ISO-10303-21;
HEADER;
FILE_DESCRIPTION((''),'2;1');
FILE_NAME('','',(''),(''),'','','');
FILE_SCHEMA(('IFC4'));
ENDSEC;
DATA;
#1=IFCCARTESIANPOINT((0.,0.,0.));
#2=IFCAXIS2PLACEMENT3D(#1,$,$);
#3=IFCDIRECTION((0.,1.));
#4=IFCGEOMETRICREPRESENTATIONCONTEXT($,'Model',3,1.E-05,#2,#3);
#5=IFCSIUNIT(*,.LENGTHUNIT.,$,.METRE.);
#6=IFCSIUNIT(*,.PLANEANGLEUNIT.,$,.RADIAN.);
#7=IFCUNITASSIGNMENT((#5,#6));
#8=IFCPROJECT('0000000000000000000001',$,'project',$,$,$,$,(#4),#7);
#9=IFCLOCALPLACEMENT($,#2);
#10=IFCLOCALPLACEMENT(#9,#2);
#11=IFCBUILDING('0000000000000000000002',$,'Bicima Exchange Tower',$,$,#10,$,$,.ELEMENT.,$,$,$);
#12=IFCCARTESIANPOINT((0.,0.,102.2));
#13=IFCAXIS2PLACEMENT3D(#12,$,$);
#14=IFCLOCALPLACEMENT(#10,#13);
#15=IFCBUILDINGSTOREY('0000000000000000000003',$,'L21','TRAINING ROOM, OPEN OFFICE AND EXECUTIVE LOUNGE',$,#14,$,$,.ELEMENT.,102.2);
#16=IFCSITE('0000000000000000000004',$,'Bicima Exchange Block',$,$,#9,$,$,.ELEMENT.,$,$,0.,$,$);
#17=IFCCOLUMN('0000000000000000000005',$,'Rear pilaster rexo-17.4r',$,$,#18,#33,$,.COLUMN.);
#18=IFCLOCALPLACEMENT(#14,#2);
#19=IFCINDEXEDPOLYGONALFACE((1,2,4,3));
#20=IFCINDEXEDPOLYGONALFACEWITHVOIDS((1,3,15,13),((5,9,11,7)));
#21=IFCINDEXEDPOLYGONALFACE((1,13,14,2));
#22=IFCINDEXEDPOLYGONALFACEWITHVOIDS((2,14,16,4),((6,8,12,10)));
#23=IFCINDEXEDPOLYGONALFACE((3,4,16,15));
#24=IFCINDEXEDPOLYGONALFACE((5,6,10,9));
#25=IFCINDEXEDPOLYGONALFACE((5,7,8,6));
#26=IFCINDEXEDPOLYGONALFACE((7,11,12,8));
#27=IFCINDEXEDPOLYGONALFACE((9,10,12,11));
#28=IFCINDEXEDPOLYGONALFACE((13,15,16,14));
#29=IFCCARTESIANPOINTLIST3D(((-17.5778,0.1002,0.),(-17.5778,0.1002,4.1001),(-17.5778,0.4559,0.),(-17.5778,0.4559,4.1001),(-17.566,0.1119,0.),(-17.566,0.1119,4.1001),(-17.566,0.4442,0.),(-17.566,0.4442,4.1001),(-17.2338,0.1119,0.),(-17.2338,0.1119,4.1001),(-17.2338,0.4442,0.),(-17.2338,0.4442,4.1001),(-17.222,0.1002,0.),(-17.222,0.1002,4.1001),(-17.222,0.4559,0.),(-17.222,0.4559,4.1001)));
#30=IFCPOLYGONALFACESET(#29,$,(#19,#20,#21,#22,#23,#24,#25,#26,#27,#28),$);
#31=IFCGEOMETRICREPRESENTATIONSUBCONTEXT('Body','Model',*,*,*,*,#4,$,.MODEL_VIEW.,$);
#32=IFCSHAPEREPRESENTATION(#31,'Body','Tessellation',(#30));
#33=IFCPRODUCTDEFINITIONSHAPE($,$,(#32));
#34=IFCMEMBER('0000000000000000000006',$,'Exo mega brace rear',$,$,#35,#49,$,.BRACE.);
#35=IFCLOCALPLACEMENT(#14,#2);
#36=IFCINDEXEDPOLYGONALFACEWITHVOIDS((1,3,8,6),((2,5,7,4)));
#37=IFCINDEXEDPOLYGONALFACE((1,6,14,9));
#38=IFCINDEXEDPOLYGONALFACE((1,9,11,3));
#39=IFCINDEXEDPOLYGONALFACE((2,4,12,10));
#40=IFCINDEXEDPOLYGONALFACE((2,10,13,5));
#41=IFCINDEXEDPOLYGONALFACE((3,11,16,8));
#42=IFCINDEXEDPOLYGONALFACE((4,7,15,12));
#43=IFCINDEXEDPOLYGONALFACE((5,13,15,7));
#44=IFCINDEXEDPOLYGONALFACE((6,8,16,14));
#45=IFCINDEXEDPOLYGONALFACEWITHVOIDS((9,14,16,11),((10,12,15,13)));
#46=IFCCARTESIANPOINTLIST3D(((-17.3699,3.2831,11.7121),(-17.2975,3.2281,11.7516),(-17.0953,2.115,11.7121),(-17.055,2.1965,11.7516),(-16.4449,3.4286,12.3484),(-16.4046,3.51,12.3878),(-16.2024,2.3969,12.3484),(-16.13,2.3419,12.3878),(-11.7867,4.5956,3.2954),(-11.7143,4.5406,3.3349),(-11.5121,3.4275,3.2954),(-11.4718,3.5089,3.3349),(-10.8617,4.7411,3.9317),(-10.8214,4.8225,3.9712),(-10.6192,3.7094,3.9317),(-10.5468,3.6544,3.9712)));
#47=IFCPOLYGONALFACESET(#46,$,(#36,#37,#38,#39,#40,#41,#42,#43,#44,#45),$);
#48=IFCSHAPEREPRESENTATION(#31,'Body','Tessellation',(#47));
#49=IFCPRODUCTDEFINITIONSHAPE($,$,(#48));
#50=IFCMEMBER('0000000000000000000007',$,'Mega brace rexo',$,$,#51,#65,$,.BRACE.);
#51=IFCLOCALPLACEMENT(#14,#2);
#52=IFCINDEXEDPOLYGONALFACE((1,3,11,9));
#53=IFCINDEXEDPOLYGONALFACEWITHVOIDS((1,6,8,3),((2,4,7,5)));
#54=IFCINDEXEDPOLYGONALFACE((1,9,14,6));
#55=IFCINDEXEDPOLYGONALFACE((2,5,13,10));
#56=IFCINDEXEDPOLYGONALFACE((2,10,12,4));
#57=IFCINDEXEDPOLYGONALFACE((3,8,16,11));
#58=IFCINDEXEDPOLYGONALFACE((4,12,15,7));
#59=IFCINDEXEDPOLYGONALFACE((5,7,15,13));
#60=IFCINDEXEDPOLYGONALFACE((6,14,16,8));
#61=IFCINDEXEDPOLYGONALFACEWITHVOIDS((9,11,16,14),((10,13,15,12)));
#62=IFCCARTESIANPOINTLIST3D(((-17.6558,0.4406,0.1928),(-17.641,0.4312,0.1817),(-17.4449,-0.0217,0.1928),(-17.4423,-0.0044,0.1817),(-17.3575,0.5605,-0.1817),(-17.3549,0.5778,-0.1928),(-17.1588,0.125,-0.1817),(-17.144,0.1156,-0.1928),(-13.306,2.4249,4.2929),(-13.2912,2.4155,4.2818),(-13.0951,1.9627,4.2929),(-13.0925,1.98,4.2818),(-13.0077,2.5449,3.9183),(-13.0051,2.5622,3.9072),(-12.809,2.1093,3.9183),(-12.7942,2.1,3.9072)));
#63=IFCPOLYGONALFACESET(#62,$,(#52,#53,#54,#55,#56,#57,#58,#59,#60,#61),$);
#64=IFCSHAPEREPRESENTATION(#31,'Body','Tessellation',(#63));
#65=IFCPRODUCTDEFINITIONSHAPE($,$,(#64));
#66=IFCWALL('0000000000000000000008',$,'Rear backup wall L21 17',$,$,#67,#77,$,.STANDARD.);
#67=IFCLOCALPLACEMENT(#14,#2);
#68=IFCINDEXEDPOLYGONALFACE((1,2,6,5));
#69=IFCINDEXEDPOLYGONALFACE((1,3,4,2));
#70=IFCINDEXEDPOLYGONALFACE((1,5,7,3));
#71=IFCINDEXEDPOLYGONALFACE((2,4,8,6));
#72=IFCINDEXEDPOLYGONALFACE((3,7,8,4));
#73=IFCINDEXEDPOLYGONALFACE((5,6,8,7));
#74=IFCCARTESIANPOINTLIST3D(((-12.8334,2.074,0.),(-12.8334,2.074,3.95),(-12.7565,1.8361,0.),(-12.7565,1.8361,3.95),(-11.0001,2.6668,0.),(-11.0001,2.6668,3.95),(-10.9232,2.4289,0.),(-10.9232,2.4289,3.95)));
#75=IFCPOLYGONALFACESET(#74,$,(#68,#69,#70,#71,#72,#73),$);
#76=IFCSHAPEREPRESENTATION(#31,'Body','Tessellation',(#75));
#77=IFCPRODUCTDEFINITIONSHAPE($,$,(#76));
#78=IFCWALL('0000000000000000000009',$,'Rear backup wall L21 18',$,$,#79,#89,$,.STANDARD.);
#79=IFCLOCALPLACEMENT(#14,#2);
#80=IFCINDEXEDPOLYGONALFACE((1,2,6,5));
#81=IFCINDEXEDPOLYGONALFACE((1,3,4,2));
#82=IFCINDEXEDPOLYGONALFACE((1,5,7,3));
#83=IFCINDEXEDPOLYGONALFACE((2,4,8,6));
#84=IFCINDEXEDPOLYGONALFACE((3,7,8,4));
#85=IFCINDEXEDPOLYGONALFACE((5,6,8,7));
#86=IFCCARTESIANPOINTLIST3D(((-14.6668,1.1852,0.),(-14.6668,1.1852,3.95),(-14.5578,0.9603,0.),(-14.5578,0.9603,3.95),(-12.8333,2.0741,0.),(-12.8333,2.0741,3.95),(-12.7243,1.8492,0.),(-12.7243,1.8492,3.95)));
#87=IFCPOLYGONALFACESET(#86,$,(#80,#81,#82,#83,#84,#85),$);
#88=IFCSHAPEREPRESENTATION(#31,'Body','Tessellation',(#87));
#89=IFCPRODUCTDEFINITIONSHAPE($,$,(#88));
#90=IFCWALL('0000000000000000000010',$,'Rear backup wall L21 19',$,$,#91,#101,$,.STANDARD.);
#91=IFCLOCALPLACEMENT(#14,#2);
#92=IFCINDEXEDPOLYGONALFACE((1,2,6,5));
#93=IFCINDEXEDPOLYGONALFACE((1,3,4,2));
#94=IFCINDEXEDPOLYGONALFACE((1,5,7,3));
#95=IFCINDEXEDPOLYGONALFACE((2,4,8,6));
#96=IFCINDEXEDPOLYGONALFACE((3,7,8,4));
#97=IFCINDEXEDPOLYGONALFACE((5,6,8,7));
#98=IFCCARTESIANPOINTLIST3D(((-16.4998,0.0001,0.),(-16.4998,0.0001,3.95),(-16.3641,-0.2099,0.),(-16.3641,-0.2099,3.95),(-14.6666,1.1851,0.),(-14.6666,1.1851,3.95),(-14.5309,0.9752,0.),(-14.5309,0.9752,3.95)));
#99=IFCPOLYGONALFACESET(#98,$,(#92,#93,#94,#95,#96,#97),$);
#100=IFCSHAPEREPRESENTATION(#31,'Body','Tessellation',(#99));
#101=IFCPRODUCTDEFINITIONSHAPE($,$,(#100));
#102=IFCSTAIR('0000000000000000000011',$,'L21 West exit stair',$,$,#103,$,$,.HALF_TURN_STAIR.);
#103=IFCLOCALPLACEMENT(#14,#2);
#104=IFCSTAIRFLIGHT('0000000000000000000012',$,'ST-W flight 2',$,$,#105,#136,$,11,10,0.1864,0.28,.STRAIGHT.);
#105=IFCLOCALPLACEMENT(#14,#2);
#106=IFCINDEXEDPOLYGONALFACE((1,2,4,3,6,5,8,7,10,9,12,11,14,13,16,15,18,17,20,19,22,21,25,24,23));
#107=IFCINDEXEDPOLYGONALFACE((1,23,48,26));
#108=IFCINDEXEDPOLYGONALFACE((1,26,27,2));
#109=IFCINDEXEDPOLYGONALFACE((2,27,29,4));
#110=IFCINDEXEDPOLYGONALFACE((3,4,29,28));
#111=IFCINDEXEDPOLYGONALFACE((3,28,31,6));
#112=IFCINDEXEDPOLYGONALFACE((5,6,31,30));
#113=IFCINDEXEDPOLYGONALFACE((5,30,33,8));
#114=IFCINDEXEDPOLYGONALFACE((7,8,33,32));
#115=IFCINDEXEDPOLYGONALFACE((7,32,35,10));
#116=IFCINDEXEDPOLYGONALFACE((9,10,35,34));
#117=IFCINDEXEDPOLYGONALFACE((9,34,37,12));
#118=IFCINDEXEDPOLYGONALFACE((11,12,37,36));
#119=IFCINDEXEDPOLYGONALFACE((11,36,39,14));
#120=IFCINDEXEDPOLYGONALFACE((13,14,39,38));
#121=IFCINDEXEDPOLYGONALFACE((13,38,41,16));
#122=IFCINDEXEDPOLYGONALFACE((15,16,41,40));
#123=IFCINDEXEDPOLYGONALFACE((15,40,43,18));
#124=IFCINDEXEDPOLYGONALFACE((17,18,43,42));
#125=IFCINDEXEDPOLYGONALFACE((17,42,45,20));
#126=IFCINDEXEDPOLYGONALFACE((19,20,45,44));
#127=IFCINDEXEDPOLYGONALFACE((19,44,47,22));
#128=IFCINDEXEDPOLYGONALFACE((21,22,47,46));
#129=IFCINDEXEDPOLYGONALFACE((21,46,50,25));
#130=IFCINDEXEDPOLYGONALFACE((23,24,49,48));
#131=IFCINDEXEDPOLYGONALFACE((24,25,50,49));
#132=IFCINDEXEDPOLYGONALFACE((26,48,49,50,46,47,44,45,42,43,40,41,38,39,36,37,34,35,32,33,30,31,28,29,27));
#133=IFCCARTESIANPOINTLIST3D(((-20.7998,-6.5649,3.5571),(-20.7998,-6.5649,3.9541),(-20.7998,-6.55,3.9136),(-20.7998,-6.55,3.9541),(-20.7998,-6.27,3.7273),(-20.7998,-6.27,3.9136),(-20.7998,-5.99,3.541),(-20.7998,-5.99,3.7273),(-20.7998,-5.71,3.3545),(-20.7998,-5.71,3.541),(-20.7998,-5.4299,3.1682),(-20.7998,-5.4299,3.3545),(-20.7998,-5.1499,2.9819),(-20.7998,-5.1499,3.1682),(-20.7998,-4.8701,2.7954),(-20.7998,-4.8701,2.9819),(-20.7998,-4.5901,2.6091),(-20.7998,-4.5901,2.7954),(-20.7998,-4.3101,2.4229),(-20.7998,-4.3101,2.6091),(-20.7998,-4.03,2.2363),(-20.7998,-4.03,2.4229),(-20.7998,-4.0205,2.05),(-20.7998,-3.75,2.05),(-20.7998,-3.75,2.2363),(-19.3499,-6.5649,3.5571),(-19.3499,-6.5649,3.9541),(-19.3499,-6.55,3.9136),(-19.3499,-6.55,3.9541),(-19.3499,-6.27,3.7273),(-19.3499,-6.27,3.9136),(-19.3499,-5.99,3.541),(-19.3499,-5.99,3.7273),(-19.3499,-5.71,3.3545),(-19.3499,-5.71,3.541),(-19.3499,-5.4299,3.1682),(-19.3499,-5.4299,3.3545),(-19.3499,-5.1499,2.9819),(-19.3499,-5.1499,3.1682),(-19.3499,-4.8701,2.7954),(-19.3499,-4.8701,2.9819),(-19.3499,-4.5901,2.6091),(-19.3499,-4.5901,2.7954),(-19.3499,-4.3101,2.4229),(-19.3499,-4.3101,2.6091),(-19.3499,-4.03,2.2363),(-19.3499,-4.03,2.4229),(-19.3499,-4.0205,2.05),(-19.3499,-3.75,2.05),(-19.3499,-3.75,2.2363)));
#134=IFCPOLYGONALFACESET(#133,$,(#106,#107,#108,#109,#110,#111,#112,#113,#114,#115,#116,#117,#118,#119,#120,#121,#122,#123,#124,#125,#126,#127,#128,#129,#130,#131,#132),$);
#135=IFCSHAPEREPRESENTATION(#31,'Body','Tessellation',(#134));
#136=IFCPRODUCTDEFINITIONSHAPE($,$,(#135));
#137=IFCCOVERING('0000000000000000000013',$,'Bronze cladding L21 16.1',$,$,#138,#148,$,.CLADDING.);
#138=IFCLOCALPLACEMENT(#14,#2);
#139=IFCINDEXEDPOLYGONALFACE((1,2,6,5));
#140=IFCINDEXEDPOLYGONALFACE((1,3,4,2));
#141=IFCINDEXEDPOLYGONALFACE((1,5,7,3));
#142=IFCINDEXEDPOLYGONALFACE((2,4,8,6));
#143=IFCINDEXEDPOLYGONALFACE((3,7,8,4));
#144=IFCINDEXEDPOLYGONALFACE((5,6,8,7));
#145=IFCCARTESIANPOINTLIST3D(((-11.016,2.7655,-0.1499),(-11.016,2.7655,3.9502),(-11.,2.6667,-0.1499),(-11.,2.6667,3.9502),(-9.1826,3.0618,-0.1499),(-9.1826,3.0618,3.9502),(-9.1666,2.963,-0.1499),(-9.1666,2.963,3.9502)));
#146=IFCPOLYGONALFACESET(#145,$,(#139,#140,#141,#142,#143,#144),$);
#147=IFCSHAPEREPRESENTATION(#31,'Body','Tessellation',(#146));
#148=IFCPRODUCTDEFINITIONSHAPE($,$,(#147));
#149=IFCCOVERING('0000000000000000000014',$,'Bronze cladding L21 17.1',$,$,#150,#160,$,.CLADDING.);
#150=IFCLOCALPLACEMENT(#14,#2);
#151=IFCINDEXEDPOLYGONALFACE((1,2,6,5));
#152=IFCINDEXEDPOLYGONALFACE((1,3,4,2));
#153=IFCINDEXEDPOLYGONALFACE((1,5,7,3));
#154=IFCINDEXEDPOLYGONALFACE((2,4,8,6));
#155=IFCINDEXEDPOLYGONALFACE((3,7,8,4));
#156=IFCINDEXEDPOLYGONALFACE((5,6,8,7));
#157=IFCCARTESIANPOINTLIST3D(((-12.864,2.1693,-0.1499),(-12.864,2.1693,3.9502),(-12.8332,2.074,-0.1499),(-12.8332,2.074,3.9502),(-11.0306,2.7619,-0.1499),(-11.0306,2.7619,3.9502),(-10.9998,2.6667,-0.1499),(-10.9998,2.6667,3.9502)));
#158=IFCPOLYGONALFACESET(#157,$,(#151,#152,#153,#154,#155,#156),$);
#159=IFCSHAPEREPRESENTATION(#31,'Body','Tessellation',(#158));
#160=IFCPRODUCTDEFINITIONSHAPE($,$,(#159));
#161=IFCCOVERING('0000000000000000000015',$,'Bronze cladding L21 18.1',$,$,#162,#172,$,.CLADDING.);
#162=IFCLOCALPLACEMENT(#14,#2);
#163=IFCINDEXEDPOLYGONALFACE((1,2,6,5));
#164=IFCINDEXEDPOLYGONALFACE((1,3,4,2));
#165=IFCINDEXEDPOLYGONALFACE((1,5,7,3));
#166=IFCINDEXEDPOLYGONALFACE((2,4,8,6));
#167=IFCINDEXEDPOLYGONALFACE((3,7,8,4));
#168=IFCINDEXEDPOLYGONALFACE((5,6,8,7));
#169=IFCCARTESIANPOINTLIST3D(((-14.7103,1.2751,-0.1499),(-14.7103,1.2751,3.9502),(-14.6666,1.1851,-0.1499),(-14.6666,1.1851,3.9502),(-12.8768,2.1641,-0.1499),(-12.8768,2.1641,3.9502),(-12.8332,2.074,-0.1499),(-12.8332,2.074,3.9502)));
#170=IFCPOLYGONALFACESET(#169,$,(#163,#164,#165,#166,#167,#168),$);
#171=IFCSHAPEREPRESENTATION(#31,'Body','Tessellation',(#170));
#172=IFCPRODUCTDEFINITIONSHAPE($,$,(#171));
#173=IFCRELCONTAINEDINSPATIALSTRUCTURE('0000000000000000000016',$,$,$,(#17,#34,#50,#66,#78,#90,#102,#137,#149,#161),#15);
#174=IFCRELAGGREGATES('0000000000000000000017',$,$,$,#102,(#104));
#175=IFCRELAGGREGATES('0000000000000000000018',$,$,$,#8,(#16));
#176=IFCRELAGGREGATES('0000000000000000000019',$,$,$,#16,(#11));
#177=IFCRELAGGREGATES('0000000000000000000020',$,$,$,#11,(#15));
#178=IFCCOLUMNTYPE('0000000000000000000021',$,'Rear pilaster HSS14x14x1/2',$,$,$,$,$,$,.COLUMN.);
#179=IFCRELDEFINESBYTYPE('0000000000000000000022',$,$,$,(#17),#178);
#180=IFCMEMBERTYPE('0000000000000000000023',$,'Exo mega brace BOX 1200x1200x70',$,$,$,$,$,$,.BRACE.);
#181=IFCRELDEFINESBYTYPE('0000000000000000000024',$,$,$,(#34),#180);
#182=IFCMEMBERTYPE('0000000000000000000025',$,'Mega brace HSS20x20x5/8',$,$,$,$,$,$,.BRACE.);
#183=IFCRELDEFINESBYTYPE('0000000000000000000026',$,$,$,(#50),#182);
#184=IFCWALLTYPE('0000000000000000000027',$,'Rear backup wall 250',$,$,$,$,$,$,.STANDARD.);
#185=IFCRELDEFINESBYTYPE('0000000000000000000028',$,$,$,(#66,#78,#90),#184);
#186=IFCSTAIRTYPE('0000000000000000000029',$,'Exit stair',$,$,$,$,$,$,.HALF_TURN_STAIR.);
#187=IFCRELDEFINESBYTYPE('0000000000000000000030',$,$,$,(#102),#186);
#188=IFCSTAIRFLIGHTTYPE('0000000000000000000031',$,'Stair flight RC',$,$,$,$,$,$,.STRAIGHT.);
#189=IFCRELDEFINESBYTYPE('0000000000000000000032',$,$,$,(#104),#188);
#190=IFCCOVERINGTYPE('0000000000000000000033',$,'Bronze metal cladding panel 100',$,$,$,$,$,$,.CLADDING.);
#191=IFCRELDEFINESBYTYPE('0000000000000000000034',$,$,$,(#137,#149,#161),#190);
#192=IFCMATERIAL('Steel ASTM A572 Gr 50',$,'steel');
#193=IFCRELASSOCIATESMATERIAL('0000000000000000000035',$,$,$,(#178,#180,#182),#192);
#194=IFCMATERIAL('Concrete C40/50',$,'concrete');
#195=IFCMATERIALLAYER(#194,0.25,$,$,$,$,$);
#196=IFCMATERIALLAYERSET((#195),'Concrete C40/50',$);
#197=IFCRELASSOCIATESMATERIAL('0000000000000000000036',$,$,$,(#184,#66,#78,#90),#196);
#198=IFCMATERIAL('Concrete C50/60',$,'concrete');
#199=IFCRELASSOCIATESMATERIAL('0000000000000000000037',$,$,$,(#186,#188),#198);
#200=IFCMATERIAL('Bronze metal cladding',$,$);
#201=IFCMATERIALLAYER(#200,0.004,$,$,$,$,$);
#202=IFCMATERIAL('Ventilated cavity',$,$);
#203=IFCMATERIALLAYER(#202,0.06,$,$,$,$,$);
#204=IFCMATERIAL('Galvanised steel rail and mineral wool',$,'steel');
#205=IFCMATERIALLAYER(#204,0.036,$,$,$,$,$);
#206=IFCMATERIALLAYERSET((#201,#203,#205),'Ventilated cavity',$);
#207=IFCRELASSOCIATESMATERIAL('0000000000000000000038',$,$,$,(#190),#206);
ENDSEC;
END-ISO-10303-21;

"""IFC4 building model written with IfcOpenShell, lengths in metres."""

from ifc_helpers import new_model, si_unit, direction, frame, frame_2d, origin, origin_2d, place, context, subcontext, project, spatial, polyline, rectangle, hollow_rectangle, outline, extrude, material, layer, layer_set, layer_usage, material_profile, profile_set, type_object, element, aggregate, save


model = new_model("IFC4")

# Units and contexts
model_context = context("Model", 3, precision=1e-05, world=origin(), true_north=direction((0.0, 1.0)))
body_context = subcontext(model_context, "Body", "Model", "MODEL_VIEW")
ifc_project = project(units=[si_unit("LENGTHUNIT", "METRE"), si_unit("PLANEANGLEUNIT", "RADIAN")], contexts=[model_context])

# Site, building, storey
site_placement = place(None, origin())
site = spatial("IfcSite", under=ifc_project, at=site_placement, Name="Bicima Exchange Block", CompositionType="ELEMENT", RefElevation=0.0)
building_placement = place(site_placement, origin())
building = spatial("IfcBuilding", under=site, at=building_placement, Name="Bicima Exchange Tower", CompositionType="ELEMENT")
storey_placement = place(building_placement, frame((0.0, 0.0, 102.2)))
storey = spatial("IfcBuildingStorey", under=building, at=storey_placement, Name="L21", Description="TRAINING ROOM, OPEN OFFICE AND EXECUTIVE LOUNGE", CompositionType="ELEMENT", Elevation=102.2)

# Column
ifc_material_1 = material(Name="Steel ASTM A572 Gr 50", Category="steel")
ifc_material_profile_1 = material_profile(ifc_material_1, hollow_rectangle(XDim=0.3557, YDim=0.3557, WallThickness=0.0117, at=origin_2d()))
ifc_profile_set_1 = profile_set([ifc_material_profile_1], Name="Steel ASTM A572 Gr 50")
column_type = type_object("IfcColumnType", Name="Rear pilaster HSS14x14x1/2", PredefinedType="COLUMN", material=ifc_profile_set_1)
column_placement = place(storey_placement, frame((-17.3999, 0.2781, 0.0), z_axis=(0.0, 0.0, 1.0), x_axis=(1.0, 0.0, 0.0)))
element("IfcColumn", 1, at=column_placement, inside=storey, type_object=column_type, Name="Rear pilaster rexo-17.4r", PredefinedType="COLUMN", context=body_context, shape_type="SweptSolid", body=[
    extrude(hollow_rectangle(XDim=0.3557, YDim=0.3557, WallThickness=0.0117, at=origin_2d()), origin(), (0.0, 0.0, 1.0), 4.1001),
])

# Members
ifc_material_profile_2 = material_profile(ifc_material_1, hollow_rectangle(XDim=1.2, YDim=1.2, WallThickness=0.0701, at=origin_2d()))
ifc_profile_set_2 = profile_set([ifc_material_profile_2], Name="Steel ASTM A572 Gr 50")
member_type_1 = type_object("IfcMemberType", Name="Exo mega brace BOX 1200x1200x70", PredefinedType="BRACE", material=ifc_profile_set_2)
member_1_placement = place(storey_placement, frame((-11.1667, 4.125, 3.6333), z_axis=(-0.548176, -0.128864, 0.826376), x_axis=(0.22884, -0.973464, 0.0)))
element("IfcMember", 2, at=member_1_placement, inside=storey, type_object=member_type_1, Name="Exo mega brace rear", PredefinedType="BRACE", context=body_context, shape_type="SweptSolid", body=[
    extrude(hollow_rectangle(XDim=1.2, YDim=1.2, WallThickness=0.0701, at=origin_2d()), origin(), (0.0, 0.0, 1.0), 10.1851),
])
ifc_material_profile_3 = material_profile(ifc_material_1, hollow_rectangle(XDim=0.5081, YDim=0.5081, WallThickness=0.0146, at=origin_2d()))
ifc_profile_set_3 = profile_set([ifc_material_profile_3], Name="Steel ASTM A572 Gr 50")
member_type_2 = type_object("IfcMemberType", Name="Mega brace HSS20x20x5/8", PredefinedType="BRACE", material=ifc_profile_set_3)
member_2_placement = place(storey_placement, frame((-17.3999, 0.2781, 0.0), z_axis=(0.690629, 0.31506, 0.650975), x_axis=(-0.415045, 0.909801, 0.0)))
element("IfcMember", 3, at=member_2_placement, inside=storey, type_object=member_type_2, Name="Mega brace rexo", PredefinedType="BRACE", context=body_context, shape_type="SweptSolid", body=[
    extrude(hollow_rectangle(XDim=0.5081, YDim=0.5081, WallThickness=0.0146, at=origin_2d()), origin(), (0.0, 0.0, 1.0), 6.2983),
])

# Walls
ifc_material_2 = material(Name="Concrete C40/50", Category="concrete")
ifc_layer_1 = layer(ifc_material_2, 0.25)
ifc_layer_set_1 = layer_set([ifc_layer_1], Name="Concrete C40/50")
ifc_layer_usage = layer_usage(ifc_layer_set_1, "AXIS2", "POSITIVE", -0.125)
wall_type = type_object("IfcWallType", Name="Rear backup wall 250", PredefinedType="STANDARD", material=ifc_layer_set_1)
wall_1_placement = place(storey_placement, frame((-10.9617, 2.5479, 0.0), z_axis=(0.0, 0.0, 1.0), x_axis=(-0.951496, -0.307662, 0.0)))
element("IfcWall", 4, at=wall_1_placement, inside=storey, type_object=wall_type, material=ifc_layer_usage, Name="Rear backup wall L21 17", PredefinedType="STANDARD", context=body_context, shape_type="SweptSolid", body=[
    extrude(rectangle(XDim=1.9268, YDim=0.25, at=frame_2d((0.9634, 0.0))), origin(), (0.0, 0.0, 1.0), 3.95),
])
wall_2_placement = place(storey_placement, frame((-12.7788, 1.9617, 0.0), z_axis=(0.0, 0.0, 1.0), x_axis=(-0.899824, -0.436253, 0.0)))
element("IfcWall", 5, at=wall_2_placement, inside=storey, type_object=wall_type, material=ifc_layer_usage, Name="Rear backup wall L21 18", PredefinedType="STANDARD", context=body_context, shape_type="SweptSolid", body=[
    extrude(rectangle(XDim=2.0376, YDim=0.25, at=frame_2d((1.0188, 0.0))), origin(), (0.0, 0.0, 1.0), 3.95),
])
wall_3_placement = place(storey_placement, frame((-14.5989, 1.0801, 0.0), z_axis=(0.0, 0.0, 1.0), x_axis=(-0.839813, -0.542876, 0.0)))
element("IfcWall", 6, at=wall_3_placement, inside=storey, type_object=wall_type, material=ifc_layer_usage, Name="Rear backup wall L21 19", PredefinedType="STANDARD", context=body_context, shape_type="SweptSolid", body=[
    extrude(rectangle(XDim=2.1829, YDim=0.25, at=frame_2d((1.0913, 0.0))), origin(), (0.0, 0.0, 1.0), 3.95),
])

# Stair, stair flight
ifc_material_3 = material(Name="Concrete C50/60", Category="concrete")
stair_type = type_object("IfcStairType", Name="Exit stair", PredefinedType="HALF_TURN_STAIR", material=ifc_material_3)
stair_placement = place(storey_placement, origin())
stair = element("IfcStair", 7, at=stair_placement, inside=storey, type_object=stair_type, Name="L21 West exit stair", PredefinedType="HALF_TURN_STAIR")
stair_flight_type = type_object("IfcStairFlightType", Name="Stair flight RC", PredefinedType="STRAIGHT", material=ifc_material_3)
stair_flight_placement = place(storey_placement, frame((-20.075, -3.75, 2.05), z_axis=(0.0, 0.0, 1.0), x_axis=(0.0, -1.0, 0.0)))
stair_flight = element("IfcStairFlight", 8, at=stair_flight_placement, type_object=stair_flight_type, Name="ST-W flight 2", NumberOfRisers=11, NumberOfTreads=10, PredefinedType="STRAIGHT", RiserHeight=0.1864, TreadLength=0.28, context=body_context, shape_type="SweptSolid", body=[
    extrude(outline(polyline([(0.0, 0.0), (0.0, 0.1863), (0.28, 0.1863), (0.28, 0.3728), (0.5601, 0.3728), (0.5601, 0.5591), (0.8401, 0.5591), (0.8401, 0.7454), (1.1201, 0.7454), (1.1201, 0.9319), (1.3999, 0.9319), (1.3999, 1.1182), (1.6799, 1.1182), (1.6799, 1.3044), (1.96, 1.3044), (1.96, 1.491), (2.24, 1.491), (2.24, 1.6772), (2.52, 1.6772), (2.52, 1.8635), (2.8, 1.8635), (2.8, 1.9041), (2.8149, 1.9041), (2.8149, 1.5071), (0.2705, 0.0), (0.0, 0.0)])), frame((0.0, 0.7251, 0.0), z_axis=(0.0, -1.0, 0.0), x_axis=(1.0, 0.0, 0.0)), (0.0, 0.0, 1.0), 1.45),
])
aggregate(stair, [stair_flight])

# Coverings
ifc_material_4 = material(Name="Bronze metal cladding")
ifc_layer_2 = layer(ifc_material_4, 0.004)
ifc_material_5 = material(Name="Ventilated cavity")
ifc_layer_3 = layer(ifc_material_5, 0.06)
ifc_material_6 = material(Name="Galvanised steel rail and mineral wool", Category="steel")
ifc_layer_4 = layer(ifc_material_6, 0.036)
ifc_layer_set_2 = layer_set([ifc_layer_2, ifc_layer_3, ifc_layer_4], Name="Ventilated cavity")
covering_type = type_object("IfcCoveringType", Name="Bronze metal cladding panel 100", PredefinedType="CLADDING", material=ifc_layer_set_2)
covering_1_placement = place(storey_placement, frame((-10.0913, 2.8643, -0.1499), z_axis=(0.0, 0.0, 1.0), x_axis=(-0.98719, -0.15955, 0.0)))
element("IfcCovering", 9, at=covering_1_placement, inside=storey, type_object=covering_type, Name="Bronze cladding L21 16.1", PredefinedType="CLADDING", context=body_context, shape_type="SweptSolid", body=[
    extrude(rectangle(XDim=1.8572, YDim=0.1001, at=origin_2d()), origin(), (0.0, 0.0, 1.0), 4.1001),
])
covering_2_placement = place(storey_placement, frame((-11.9319, 2.418, -0.1499), z_axis=(0.0, 0.0, 1.0), x_axis=(-0.951525, -0.307573, 0.0)))
element("IfcCovering", 10, at=covering_2_placement, inside=storey, type_object=covering_type, Name="Bronze cladding L21 17.1", PredefinedType="CLADDING", context=body_context, shape_type="SweptSolid", body=[
    extrude(rectangle(XDim=1.9268, YDim=0.1001, at=origin_2d()), origin(), (0.0, 0.0, 1.0), 4.1001),
])
covering_3_placement = place(storey_placement, frame((-13.7717, 1.6746, -0.1499), z_axis=(0.0, 0.0, 1.0), x_axis=(-0.899818, -0.436265, 0.0)))
element("IfcCovering", 11, at=covering_3_placement, inside=storey, type_object=covering_type, Name="Bronze cladding L21 18.1", PredefinedType="CLADDING", context=body_context, shape_type="SweptSolid", body=[
    extrude(rectangle(XDim=2.0376, YDim=0.1001, at=origin_2d()), origin(), (0.0, 0.0, 1.0), 4.1001),
])

save(model, "model.ifc")
